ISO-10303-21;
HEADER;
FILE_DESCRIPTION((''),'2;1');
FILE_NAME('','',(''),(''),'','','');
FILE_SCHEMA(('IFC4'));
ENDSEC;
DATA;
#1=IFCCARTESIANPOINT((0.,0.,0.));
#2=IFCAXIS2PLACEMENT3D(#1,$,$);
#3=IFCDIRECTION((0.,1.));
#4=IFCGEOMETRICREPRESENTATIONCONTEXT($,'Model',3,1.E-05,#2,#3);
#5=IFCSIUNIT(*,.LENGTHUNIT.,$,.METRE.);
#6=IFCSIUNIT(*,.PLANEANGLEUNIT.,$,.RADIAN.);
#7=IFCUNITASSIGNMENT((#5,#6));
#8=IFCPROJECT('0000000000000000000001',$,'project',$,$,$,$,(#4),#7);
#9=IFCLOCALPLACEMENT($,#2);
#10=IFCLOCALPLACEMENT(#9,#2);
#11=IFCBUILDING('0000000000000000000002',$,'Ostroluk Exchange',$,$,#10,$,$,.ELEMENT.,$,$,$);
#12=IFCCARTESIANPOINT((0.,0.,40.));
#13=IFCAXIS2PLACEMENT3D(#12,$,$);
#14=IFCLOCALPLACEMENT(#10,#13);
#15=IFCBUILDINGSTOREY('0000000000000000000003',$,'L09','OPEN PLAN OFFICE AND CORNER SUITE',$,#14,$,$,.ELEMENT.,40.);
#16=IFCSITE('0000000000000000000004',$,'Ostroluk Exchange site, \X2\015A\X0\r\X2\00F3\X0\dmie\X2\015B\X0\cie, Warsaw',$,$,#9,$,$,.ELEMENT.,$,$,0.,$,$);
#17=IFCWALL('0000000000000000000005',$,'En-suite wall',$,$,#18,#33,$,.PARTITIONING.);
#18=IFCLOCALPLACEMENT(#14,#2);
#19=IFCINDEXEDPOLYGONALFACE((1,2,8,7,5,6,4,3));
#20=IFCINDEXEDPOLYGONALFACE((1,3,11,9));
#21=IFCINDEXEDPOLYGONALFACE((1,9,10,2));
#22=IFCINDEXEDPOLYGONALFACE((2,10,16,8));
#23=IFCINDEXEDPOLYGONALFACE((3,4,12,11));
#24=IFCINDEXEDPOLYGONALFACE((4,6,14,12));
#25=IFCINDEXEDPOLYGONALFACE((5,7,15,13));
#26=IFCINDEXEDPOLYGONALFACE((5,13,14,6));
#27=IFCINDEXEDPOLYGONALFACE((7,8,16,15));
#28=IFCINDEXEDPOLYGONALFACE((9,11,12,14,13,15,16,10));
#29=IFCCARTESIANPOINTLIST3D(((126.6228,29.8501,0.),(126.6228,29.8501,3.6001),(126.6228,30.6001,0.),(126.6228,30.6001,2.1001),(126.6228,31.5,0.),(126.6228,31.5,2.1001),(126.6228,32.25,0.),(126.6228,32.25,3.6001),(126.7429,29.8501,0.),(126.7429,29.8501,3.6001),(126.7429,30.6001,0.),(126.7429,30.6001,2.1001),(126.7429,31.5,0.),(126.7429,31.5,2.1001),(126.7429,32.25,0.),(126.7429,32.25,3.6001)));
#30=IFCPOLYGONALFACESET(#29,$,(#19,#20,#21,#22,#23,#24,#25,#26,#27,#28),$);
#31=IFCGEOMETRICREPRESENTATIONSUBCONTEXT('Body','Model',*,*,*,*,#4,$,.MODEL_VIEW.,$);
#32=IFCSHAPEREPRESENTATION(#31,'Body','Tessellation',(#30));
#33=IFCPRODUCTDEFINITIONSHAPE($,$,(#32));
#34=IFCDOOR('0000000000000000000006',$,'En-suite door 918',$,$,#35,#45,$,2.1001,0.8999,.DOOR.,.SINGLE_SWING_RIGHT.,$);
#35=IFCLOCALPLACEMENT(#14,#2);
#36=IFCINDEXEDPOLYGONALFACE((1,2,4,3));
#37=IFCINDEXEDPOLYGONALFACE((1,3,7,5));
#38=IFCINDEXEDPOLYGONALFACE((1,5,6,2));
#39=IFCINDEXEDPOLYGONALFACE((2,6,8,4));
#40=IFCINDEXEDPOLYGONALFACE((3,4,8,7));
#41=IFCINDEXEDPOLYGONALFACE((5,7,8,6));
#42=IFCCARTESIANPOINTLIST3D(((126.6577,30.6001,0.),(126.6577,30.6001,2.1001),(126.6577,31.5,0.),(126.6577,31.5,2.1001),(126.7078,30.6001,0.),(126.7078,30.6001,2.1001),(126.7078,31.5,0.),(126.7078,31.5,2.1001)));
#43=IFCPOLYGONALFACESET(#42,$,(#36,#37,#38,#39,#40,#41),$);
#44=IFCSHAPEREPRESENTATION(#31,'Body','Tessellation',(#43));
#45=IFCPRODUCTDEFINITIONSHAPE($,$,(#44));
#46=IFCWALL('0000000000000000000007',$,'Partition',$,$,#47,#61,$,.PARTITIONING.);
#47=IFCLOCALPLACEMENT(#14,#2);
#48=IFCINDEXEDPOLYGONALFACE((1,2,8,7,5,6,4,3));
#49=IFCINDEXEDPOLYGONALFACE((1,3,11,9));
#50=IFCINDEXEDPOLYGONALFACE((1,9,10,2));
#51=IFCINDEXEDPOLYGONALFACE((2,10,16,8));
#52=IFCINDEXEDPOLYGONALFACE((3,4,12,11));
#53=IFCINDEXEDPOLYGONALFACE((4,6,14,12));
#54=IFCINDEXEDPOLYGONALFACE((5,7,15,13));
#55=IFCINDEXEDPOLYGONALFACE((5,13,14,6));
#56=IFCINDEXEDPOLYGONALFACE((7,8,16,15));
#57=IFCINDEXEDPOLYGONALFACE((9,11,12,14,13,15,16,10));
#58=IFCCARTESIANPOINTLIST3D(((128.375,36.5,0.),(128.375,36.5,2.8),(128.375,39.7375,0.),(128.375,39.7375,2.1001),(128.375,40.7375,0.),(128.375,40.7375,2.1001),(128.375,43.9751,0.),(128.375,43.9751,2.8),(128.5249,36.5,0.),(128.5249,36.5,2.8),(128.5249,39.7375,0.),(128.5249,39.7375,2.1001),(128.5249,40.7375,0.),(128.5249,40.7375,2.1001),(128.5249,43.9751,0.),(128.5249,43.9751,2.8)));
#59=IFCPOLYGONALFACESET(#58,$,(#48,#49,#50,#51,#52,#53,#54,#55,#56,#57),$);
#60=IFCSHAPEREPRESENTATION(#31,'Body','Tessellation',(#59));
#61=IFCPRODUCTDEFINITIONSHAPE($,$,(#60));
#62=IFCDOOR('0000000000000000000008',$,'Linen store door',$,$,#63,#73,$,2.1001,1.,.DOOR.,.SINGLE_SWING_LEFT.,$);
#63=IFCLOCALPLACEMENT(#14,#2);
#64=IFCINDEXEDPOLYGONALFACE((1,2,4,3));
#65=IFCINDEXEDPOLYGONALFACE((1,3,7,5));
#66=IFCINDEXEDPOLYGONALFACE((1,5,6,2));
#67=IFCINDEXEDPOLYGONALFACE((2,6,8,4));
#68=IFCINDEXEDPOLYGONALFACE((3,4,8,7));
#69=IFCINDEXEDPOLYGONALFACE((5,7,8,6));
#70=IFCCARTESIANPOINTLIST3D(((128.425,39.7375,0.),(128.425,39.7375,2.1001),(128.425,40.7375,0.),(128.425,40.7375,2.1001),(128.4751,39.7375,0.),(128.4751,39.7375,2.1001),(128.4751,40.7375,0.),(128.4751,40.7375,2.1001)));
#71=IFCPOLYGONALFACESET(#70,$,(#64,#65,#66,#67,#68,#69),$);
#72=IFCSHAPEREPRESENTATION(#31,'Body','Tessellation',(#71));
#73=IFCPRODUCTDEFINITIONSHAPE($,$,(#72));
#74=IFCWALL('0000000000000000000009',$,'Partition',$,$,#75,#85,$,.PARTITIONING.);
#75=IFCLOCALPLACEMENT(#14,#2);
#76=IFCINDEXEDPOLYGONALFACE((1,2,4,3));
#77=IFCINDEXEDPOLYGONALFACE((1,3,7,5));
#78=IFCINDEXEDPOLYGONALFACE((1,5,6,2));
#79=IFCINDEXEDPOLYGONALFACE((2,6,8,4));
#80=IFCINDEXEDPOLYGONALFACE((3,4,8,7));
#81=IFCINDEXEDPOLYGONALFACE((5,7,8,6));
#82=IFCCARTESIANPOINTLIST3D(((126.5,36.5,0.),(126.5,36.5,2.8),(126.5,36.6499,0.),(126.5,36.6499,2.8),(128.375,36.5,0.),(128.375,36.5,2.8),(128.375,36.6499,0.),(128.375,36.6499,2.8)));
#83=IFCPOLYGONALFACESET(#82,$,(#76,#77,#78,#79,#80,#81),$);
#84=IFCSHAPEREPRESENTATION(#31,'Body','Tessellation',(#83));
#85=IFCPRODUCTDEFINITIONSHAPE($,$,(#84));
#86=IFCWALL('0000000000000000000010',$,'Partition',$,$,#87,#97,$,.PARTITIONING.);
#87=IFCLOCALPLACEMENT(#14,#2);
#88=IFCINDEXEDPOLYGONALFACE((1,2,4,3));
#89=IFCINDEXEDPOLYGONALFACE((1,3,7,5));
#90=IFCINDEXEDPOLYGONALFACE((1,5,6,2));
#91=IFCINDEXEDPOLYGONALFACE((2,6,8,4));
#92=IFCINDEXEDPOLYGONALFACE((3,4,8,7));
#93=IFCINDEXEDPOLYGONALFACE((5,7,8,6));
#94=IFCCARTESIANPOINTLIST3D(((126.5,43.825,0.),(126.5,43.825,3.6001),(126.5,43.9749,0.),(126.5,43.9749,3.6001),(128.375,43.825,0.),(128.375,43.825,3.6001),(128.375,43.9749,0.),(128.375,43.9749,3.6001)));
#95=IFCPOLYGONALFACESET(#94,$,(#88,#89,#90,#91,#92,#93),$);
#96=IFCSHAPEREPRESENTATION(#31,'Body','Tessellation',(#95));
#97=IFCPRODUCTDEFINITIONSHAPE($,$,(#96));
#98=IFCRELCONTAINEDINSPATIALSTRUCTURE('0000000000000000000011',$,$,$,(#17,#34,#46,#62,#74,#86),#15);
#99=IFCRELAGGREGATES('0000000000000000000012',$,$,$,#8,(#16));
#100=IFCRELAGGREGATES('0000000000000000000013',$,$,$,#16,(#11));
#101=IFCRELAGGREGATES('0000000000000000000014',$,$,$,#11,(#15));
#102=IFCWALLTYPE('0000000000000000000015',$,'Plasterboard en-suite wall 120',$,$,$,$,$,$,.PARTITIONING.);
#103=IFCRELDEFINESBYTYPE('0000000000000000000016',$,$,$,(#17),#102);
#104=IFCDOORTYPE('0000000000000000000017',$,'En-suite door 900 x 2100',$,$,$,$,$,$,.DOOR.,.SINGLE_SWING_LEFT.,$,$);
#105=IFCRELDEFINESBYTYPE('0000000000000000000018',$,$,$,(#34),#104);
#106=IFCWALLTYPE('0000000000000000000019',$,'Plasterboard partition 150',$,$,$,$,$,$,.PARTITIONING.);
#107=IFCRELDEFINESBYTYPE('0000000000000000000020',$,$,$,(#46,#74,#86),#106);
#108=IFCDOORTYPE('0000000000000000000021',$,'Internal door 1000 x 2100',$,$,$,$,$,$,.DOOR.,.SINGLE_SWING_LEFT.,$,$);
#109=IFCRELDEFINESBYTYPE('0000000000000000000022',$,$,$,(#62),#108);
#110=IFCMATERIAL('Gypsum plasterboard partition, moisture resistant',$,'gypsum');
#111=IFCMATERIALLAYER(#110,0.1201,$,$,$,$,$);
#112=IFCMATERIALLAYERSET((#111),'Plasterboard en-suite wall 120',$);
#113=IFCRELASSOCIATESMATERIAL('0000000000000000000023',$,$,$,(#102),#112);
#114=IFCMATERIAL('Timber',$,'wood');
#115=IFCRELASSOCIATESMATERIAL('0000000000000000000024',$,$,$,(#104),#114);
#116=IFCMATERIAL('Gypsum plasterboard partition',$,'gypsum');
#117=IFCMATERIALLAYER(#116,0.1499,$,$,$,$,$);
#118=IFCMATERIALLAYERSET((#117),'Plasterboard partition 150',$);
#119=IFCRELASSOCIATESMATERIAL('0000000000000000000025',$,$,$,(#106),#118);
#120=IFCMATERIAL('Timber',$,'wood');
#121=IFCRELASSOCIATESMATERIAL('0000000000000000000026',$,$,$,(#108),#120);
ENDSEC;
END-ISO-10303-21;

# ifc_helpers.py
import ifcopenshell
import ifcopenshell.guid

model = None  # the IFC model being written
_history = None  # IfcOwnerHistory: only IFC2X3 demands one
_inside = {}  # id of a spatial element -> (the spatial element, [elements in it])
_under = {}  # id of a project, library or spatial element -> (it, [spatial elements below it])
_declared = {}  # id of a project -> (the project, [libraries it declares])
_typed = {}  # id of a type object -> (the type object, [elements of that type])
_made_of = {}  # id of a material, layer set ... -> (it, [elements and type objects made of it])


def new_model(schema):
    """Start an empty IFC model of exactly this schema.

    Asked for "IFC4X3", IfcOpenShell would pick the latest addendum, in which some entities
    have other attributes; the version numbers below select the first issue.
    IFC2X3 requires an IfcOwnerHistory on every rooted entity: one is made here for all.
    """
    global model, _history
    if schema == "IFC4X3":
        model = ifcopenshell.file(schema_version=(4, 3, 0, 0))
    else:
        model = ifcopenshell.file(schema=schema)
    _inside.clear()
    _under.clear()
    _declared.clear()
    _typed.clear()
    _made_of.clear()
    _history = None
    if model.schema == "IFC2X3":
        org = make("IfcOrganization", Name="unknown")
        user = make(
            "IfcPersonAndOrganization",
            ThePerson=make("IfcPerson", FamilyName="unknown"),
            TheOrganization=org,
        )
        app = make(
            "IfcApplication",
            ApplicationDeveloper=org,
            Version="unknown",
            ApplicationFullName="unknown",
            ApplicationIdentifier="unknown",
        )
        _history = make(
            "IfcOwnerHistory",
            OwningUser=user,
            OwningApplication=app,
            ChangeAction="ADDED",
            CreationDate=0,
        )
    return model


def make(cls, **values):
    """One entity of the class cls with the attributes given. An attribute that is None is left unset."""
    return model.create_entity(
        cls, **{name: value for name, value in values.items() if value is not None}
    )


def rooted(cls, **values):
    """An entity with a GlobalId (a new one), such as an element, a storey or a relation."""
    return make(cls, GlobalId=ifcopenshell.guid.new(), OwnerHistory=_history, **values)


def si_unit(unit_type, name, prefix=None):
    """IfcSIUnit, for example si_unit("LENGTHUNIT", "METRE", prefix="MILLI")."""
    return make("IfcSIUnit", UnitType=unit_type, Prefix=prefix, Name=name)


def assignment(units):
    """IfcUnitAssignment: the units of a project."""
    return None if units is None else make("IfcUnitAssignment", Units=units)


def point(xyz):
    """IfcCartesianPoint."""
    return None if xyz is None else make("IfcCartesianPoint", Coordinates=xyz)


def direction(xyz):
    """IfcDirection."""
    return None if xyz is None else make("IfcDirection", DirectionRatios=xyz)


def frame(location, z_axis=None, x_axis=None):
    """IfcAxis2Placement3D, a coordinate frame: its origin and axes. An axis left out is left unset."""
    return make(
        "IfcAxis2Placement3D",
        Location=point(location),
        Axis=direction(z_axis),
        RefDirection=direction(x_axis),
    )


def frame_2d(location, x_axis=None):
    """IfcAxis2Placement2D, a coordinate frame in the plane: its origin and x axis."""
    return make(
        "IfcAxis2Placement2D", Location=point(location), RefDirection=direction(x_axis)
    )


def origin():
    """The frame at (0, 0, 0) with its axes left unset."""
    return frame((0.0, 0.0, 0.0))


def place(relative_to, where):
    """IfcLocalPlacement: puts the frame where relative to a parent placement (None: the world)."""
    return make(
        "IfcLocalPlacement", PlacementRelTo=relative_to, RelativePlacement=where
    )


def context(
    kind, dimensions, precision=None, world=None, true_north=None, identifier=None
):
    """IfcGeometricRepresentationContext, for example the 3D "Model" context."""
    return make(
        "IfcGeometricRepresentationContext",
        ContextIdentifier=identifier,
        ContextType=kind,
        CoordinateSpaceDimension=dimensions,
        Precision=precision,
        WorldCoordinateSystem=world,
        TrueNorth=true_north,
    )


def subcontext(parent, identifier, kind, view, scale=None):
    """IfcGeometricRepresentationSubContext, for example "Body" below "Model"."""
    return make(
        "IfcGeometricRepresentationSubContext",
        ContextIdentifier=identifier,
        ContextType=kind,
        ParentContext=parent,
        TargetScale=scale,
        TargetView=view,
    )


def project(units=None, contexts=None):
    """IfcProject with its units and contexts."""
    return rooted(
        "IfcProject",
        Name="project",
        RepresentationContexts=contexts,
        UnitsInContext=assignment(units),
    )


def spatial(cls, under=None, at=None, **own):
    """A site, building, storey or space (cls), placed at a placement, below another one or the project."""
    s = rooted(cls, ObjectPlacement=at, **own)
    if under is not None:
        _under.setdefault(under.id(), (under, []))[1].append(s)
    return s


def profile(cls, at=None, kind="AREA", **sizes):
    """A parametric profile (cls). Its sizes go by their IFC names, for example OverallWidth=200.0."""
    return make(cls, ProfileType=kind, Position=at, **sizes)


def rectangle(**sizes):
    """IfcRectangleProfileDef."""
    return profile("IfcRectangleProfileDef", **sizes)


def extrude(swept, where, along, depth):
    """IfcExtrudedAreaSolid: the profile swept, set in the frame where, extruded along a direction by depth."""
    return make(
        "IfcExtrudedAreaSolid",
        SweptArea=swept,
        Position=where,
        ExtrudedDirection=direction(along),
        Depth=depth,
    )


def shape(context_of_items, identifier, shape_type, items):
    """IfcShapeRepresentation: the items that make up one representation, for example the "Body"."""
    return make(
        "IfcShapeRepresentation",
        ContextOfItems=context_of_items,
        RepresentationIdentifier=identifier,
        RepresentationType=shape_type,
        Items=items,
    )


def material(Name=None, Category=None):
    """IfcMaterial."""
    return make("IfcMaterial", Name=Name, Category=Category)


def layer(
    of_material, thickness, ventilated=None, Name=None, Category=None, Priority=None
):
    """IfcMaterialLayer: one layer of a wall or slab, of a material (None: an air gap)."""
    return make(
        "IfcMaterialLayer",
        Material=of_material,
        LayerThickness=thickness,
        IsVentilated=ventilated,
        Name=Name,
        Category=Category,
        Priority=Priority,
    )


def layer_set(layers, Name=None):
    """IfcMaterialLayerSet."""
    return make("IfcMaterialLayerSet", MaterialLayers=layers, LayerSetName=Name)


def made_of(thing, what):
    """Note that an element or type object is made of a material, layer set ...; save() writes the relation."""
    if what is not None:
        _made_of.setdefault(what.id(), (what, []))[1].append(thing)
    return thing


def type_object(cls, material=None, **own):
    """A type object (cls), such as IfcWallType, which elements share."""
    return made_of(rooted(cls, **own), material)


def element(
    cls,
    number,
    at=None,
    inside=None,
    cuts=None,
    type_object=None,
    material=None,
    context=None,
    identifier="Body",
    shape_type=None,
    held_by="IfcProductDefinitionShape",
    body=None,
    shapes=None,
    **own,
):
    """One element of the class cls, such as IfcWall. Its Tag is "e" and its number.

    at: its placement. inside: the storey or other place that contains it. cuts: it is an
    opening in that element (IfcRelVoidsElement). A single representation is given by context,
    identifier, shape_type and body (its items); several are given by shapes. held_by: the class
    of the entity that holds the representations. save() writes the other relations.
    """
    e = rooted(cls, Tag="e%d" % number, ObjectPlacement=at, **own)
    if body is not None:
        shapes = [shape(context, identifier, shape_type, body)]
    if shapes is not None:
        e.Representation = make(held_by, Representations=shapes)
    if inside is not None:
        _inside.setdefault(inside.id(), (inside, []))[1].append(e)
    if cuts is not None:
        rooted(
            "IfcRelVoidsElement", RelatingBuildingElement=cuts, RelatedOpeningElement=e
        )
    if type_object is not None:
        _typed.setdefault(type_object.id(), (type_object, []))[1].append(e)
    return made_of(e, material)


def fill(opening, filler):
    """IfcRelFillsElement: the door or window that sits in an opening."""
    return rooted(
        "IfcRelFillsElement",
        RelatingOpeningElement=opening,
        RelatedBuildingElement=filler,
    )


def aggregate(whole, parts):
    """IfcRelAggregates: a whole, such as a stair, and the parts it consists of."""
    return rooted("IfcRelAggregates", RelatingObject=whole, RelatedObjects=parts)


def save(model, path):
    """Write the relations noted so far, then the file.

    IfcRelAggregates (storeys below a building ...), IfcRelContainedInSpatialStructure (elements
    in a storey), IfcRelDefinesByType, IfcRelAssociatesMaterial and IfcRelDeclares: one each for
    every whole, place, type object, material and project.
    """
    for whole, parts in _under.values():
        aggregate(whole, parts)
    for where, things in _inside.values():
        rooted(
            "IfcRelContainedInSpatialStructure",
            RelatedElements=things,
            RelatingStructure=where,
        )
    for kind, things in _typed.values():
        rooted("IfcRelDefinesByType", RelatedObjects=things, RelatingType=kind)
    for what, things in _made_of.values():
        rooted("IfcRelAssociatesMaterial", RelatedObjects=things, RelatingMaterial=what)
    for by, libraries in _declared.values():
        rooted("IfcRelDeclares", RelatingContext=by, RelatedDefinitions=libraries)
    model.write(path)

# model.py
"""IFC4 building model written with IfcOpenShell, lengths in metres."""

from ifc_helpers import new_model, si_unit, direction, frame, frame_2d, origin, place, context, subcontext, project, spatial, rectangle, extrude, material, layer, layer_set, type_object, element, fill, save


model = new_model("IFC4")

# Units and contexts
model_context = context("Model", 3, precision=1e-05, world=origin(), true_north=direction((0.0, 1.0)))
body_context = subcontext(model_context, "Body", "Model", "MODEL_VIEW")
ifc_project = project(units=[si_unit("LENGTHUNIT", "METRE"), si_unit("PLANEANGLEUNIT", "RADIAN")], contexts=[model_context])

# Site, building, storey
site_placement = place(None, origin())
site = spatial("IfcSite", under=ifc_project, at=site_placement, Name="Ostroluk Exchange site, Śródmieście, Warsaw", CompositionType="ELEMENT", RefElevation=0.0)
building_placement = place(site_placement, origin())
building = spatial("IfcBuilding", under=site, at=building_placement, Name="Ostroluk Exchange", CompositionType="ELEMENT")
storey_placement = place(building_placement, frame((0.0, 0.0, 40.0)))
storey = spatial("IfcBuildingStorey", under=building, at=storey_placement, Name="L09", Description="OPEN PLAN OFFICE AND CORNER SUITE", CompositionType="ELEMENT", Elevation=40.0)

# Walls, openings, doors
ifc_material_1 = material(Name="Gypsum plasterboard partition, moisture resistant", Category="gypsum")
ifc_layer_1 = layer(ifc_material_1, 0.1201)
ifc_layer_set_1 = layer_set([ifc_layer_1], Name="Plasterboard en-suite wall 120")
wall_type_1 = type_object("IfcWallType", Name="Plasterboard en-suite wall 120", PredefinedType="PARTITIONING", material=ifc_layer_set_1)
ifc_material_2 = material(Name="Timber", Category="wood")
door_type_1 = type_object("IfcDoorType", Name="En-suite door 900 x 2100", OperationType="SINGLE_SWING_LEFT", PredefinedType="DOOR", material=ifc_material_2)
wall_1_placement = place(storey_placement, frame((126.6829, 32.25, 0.0), z_axis=(0.0, 0.0, 1.0), x_axis=(0.0, -1.0, 0.0)))
wall_1 = element("IfcWall", 1, at=wall_1_placement, inside=storey, type_object=wall_type_1, Name="En-suite wall", PredefinedType="PARTITIONING", context=body_context, shape_type="SweptSolid", body=[
    extrude(rectangle(XDim=2.3999, YDim=0.1201, at=frame_2d((1.2, 0.0))), origin(), (0.0, 0.0, 1.0), 3.6001),
])
opening_1_placement = place(wall_1_placement, frame((0.75, 0.0, 0.0)))
opening_1 = element("IfcOpeningElement", 2, at=opening_1_placement, cuts=wall_1, PredefinedType="OPENING", context=body_context, shape_type="SweptSolid", body=[
    extrude(rectangle(XDim=0.8999, YDim=2.1001, at=frame_2d((0.45, 1.05))), frame((0.0, 0.0701, 0.0), z_axis=(0.0, -1.0, 0.0), x_axis=(1.0, 0.0, 0.0)), (0.0, 0.0, 1.0), 0.1401),
])
door_1_placement = place(opening_1_placement, origin())
door_1 = element("IfcDoor", 3, at=door_1_placement, inside=storey, type_object=door_type_1, Name="En-suite door 918", OperationType="SINGLE_SWING_RIGHT", OverallHeight=2.1001, OverallWidth=0.8999, PredefinedType="DOOR", context=body_context, shape_type="SweptSolid", body=[
    extrude(rectangle(XDim=0.8999, YDim=2.1001, at=frame_2d((0.45, 1.05))), frame((0.0, 0.0249, 0.0), z_axis=(0.0, -1.0, 0.0), x_axis=(1.0, 0.0, 0.0)), (0.0, 0.0, 1.0), 0.05),
])
fill(opening_1, door_1)
ifc_material_3 = material(Name="Gypsum plasterboard partition", Category="gypsum")
ifc_layer_2 = layer(ifc_material_3, 0.1499)
ifc_layer_set_2 = layer_set([ifc_layer_2], Name="Plasterboard partition 150")
wall_type_2 = type_object("IfcWallType", Name="Plasterboard partition 150", PredefinedType="PARTITIONING", material=ifc_layer_set_2)
wall_2_placement = place(storey_placement, frame((128.45, 36.5, 0.0), z_axis=(0.0, 0.0, 1.0), x_axis=(0.0, 1.0, 0.0)))
wall_2 = element("IfcWall", 4, at=wall_2_placement, inside=storey, type_object=wall_type_2, Name="Partition", PredefinedType="PARTITIONING", context=body_context, shape_type="SweptSolid", body=[
    extrude(rectangle(XDim=7.4751, YDim=0.1499, at=frame_2d((3.7375, 0.0))), origin(), (0.0, 0.0, 1.0), 2.8),
])
opening_2_placement = place(wall_2_placement, frame((3.2375, 0.0, 0.0)))
opening_2 = element("IfcOpeningElement", 5, at=opening_2_placement, cuts=wall_2, PredefinedType="OPENING", context=body_context, shape_type="SweptSolid", body=[
    extrude(rectangle(XDim=1.0, YDim=2.1001, at=frame_2d((0.5, 1.05))), frame((0.0, 0.085, 0.0), z_axis=(0.0, -1.0, 0.0), x_axis=(1.0, 0.0, 0.0)), (0.0, 0.0, 1.0), 0.1699),
])
ifc_material_4 = material(Name="Timber", Category="wood")
door_type_2 = type_object("IfcDoorType", Name="Internal door 1000 x 2100", OperationType="SINGLE_SWING_LEFT", PredefinedType="DOOR", material=ifc_material_4)
door_2_placement = place(opening_2_placement, origin())
door_2 = element("IfcDoor", 6, at=door_2_placement, inside=storey, type_object=door_type_2, Name="Linen store door", OperationType="SINGLE_SWING_LEFT", OverallHeight=2.1001, OverallWidth=1.0, PredefinedType="DOOR", context=body_context, shape_type="SweptSolid", body=[
    extrude(rectangle(XDim=1.0, YDim=2.1001, at=frame_2d((0.5, 1.05))), frame((0.0, 0.0249, 0.0), z_axis=(0.0, -1.0, 0.0), x_axis=(1.0, 0.0, 0.0)), (0.0, 0.0, 1.0), 0.05),
])
fill(opening_2, door_2)

# Walls
wall_3_placement = place(storey_placement, frame((126.5, 36.575, 0.0), z_axis=(0.0, 0.0, 1.0), x_axis=(1.0, 0.0, 0.0)))
element("IfcWall", 7, at=wall_3_placement, inside=storey, type_object=wall_type_2, Name="Partition", PredefinedType="PARTITIONING", context=body_context, shape_type="SweptSolid", body=[
    extrude(rectangle(XDim=1.875, YDim=0.1499, at=frame_2d((0.9375, 0.0))), origin(), (0.0, 0.0, 1.0), 2.8),
])
wall_4_placement = place(storey_placement, frame((126.5, 43.8999, 0.0), z_axis=(0.0, 0.0, 1.0), x_axis=(1.0, 0.0, 0.0)))
element("IfcWall", 8, at=wall_4_placement, inside=storey, type_object=wall_type_2, Name="Partition", PredefinedType="PARTITIONING", context=body_context, shape_type="SweptSolid", body=[
    extrude(rectangle(XDim=1.875, YDim=0.1499, at=frame_2d((0.9375, 0.0))), origin(), (0.0, 0.0, 1.0), 3.6001),
])

save(model, "model.ifc")
